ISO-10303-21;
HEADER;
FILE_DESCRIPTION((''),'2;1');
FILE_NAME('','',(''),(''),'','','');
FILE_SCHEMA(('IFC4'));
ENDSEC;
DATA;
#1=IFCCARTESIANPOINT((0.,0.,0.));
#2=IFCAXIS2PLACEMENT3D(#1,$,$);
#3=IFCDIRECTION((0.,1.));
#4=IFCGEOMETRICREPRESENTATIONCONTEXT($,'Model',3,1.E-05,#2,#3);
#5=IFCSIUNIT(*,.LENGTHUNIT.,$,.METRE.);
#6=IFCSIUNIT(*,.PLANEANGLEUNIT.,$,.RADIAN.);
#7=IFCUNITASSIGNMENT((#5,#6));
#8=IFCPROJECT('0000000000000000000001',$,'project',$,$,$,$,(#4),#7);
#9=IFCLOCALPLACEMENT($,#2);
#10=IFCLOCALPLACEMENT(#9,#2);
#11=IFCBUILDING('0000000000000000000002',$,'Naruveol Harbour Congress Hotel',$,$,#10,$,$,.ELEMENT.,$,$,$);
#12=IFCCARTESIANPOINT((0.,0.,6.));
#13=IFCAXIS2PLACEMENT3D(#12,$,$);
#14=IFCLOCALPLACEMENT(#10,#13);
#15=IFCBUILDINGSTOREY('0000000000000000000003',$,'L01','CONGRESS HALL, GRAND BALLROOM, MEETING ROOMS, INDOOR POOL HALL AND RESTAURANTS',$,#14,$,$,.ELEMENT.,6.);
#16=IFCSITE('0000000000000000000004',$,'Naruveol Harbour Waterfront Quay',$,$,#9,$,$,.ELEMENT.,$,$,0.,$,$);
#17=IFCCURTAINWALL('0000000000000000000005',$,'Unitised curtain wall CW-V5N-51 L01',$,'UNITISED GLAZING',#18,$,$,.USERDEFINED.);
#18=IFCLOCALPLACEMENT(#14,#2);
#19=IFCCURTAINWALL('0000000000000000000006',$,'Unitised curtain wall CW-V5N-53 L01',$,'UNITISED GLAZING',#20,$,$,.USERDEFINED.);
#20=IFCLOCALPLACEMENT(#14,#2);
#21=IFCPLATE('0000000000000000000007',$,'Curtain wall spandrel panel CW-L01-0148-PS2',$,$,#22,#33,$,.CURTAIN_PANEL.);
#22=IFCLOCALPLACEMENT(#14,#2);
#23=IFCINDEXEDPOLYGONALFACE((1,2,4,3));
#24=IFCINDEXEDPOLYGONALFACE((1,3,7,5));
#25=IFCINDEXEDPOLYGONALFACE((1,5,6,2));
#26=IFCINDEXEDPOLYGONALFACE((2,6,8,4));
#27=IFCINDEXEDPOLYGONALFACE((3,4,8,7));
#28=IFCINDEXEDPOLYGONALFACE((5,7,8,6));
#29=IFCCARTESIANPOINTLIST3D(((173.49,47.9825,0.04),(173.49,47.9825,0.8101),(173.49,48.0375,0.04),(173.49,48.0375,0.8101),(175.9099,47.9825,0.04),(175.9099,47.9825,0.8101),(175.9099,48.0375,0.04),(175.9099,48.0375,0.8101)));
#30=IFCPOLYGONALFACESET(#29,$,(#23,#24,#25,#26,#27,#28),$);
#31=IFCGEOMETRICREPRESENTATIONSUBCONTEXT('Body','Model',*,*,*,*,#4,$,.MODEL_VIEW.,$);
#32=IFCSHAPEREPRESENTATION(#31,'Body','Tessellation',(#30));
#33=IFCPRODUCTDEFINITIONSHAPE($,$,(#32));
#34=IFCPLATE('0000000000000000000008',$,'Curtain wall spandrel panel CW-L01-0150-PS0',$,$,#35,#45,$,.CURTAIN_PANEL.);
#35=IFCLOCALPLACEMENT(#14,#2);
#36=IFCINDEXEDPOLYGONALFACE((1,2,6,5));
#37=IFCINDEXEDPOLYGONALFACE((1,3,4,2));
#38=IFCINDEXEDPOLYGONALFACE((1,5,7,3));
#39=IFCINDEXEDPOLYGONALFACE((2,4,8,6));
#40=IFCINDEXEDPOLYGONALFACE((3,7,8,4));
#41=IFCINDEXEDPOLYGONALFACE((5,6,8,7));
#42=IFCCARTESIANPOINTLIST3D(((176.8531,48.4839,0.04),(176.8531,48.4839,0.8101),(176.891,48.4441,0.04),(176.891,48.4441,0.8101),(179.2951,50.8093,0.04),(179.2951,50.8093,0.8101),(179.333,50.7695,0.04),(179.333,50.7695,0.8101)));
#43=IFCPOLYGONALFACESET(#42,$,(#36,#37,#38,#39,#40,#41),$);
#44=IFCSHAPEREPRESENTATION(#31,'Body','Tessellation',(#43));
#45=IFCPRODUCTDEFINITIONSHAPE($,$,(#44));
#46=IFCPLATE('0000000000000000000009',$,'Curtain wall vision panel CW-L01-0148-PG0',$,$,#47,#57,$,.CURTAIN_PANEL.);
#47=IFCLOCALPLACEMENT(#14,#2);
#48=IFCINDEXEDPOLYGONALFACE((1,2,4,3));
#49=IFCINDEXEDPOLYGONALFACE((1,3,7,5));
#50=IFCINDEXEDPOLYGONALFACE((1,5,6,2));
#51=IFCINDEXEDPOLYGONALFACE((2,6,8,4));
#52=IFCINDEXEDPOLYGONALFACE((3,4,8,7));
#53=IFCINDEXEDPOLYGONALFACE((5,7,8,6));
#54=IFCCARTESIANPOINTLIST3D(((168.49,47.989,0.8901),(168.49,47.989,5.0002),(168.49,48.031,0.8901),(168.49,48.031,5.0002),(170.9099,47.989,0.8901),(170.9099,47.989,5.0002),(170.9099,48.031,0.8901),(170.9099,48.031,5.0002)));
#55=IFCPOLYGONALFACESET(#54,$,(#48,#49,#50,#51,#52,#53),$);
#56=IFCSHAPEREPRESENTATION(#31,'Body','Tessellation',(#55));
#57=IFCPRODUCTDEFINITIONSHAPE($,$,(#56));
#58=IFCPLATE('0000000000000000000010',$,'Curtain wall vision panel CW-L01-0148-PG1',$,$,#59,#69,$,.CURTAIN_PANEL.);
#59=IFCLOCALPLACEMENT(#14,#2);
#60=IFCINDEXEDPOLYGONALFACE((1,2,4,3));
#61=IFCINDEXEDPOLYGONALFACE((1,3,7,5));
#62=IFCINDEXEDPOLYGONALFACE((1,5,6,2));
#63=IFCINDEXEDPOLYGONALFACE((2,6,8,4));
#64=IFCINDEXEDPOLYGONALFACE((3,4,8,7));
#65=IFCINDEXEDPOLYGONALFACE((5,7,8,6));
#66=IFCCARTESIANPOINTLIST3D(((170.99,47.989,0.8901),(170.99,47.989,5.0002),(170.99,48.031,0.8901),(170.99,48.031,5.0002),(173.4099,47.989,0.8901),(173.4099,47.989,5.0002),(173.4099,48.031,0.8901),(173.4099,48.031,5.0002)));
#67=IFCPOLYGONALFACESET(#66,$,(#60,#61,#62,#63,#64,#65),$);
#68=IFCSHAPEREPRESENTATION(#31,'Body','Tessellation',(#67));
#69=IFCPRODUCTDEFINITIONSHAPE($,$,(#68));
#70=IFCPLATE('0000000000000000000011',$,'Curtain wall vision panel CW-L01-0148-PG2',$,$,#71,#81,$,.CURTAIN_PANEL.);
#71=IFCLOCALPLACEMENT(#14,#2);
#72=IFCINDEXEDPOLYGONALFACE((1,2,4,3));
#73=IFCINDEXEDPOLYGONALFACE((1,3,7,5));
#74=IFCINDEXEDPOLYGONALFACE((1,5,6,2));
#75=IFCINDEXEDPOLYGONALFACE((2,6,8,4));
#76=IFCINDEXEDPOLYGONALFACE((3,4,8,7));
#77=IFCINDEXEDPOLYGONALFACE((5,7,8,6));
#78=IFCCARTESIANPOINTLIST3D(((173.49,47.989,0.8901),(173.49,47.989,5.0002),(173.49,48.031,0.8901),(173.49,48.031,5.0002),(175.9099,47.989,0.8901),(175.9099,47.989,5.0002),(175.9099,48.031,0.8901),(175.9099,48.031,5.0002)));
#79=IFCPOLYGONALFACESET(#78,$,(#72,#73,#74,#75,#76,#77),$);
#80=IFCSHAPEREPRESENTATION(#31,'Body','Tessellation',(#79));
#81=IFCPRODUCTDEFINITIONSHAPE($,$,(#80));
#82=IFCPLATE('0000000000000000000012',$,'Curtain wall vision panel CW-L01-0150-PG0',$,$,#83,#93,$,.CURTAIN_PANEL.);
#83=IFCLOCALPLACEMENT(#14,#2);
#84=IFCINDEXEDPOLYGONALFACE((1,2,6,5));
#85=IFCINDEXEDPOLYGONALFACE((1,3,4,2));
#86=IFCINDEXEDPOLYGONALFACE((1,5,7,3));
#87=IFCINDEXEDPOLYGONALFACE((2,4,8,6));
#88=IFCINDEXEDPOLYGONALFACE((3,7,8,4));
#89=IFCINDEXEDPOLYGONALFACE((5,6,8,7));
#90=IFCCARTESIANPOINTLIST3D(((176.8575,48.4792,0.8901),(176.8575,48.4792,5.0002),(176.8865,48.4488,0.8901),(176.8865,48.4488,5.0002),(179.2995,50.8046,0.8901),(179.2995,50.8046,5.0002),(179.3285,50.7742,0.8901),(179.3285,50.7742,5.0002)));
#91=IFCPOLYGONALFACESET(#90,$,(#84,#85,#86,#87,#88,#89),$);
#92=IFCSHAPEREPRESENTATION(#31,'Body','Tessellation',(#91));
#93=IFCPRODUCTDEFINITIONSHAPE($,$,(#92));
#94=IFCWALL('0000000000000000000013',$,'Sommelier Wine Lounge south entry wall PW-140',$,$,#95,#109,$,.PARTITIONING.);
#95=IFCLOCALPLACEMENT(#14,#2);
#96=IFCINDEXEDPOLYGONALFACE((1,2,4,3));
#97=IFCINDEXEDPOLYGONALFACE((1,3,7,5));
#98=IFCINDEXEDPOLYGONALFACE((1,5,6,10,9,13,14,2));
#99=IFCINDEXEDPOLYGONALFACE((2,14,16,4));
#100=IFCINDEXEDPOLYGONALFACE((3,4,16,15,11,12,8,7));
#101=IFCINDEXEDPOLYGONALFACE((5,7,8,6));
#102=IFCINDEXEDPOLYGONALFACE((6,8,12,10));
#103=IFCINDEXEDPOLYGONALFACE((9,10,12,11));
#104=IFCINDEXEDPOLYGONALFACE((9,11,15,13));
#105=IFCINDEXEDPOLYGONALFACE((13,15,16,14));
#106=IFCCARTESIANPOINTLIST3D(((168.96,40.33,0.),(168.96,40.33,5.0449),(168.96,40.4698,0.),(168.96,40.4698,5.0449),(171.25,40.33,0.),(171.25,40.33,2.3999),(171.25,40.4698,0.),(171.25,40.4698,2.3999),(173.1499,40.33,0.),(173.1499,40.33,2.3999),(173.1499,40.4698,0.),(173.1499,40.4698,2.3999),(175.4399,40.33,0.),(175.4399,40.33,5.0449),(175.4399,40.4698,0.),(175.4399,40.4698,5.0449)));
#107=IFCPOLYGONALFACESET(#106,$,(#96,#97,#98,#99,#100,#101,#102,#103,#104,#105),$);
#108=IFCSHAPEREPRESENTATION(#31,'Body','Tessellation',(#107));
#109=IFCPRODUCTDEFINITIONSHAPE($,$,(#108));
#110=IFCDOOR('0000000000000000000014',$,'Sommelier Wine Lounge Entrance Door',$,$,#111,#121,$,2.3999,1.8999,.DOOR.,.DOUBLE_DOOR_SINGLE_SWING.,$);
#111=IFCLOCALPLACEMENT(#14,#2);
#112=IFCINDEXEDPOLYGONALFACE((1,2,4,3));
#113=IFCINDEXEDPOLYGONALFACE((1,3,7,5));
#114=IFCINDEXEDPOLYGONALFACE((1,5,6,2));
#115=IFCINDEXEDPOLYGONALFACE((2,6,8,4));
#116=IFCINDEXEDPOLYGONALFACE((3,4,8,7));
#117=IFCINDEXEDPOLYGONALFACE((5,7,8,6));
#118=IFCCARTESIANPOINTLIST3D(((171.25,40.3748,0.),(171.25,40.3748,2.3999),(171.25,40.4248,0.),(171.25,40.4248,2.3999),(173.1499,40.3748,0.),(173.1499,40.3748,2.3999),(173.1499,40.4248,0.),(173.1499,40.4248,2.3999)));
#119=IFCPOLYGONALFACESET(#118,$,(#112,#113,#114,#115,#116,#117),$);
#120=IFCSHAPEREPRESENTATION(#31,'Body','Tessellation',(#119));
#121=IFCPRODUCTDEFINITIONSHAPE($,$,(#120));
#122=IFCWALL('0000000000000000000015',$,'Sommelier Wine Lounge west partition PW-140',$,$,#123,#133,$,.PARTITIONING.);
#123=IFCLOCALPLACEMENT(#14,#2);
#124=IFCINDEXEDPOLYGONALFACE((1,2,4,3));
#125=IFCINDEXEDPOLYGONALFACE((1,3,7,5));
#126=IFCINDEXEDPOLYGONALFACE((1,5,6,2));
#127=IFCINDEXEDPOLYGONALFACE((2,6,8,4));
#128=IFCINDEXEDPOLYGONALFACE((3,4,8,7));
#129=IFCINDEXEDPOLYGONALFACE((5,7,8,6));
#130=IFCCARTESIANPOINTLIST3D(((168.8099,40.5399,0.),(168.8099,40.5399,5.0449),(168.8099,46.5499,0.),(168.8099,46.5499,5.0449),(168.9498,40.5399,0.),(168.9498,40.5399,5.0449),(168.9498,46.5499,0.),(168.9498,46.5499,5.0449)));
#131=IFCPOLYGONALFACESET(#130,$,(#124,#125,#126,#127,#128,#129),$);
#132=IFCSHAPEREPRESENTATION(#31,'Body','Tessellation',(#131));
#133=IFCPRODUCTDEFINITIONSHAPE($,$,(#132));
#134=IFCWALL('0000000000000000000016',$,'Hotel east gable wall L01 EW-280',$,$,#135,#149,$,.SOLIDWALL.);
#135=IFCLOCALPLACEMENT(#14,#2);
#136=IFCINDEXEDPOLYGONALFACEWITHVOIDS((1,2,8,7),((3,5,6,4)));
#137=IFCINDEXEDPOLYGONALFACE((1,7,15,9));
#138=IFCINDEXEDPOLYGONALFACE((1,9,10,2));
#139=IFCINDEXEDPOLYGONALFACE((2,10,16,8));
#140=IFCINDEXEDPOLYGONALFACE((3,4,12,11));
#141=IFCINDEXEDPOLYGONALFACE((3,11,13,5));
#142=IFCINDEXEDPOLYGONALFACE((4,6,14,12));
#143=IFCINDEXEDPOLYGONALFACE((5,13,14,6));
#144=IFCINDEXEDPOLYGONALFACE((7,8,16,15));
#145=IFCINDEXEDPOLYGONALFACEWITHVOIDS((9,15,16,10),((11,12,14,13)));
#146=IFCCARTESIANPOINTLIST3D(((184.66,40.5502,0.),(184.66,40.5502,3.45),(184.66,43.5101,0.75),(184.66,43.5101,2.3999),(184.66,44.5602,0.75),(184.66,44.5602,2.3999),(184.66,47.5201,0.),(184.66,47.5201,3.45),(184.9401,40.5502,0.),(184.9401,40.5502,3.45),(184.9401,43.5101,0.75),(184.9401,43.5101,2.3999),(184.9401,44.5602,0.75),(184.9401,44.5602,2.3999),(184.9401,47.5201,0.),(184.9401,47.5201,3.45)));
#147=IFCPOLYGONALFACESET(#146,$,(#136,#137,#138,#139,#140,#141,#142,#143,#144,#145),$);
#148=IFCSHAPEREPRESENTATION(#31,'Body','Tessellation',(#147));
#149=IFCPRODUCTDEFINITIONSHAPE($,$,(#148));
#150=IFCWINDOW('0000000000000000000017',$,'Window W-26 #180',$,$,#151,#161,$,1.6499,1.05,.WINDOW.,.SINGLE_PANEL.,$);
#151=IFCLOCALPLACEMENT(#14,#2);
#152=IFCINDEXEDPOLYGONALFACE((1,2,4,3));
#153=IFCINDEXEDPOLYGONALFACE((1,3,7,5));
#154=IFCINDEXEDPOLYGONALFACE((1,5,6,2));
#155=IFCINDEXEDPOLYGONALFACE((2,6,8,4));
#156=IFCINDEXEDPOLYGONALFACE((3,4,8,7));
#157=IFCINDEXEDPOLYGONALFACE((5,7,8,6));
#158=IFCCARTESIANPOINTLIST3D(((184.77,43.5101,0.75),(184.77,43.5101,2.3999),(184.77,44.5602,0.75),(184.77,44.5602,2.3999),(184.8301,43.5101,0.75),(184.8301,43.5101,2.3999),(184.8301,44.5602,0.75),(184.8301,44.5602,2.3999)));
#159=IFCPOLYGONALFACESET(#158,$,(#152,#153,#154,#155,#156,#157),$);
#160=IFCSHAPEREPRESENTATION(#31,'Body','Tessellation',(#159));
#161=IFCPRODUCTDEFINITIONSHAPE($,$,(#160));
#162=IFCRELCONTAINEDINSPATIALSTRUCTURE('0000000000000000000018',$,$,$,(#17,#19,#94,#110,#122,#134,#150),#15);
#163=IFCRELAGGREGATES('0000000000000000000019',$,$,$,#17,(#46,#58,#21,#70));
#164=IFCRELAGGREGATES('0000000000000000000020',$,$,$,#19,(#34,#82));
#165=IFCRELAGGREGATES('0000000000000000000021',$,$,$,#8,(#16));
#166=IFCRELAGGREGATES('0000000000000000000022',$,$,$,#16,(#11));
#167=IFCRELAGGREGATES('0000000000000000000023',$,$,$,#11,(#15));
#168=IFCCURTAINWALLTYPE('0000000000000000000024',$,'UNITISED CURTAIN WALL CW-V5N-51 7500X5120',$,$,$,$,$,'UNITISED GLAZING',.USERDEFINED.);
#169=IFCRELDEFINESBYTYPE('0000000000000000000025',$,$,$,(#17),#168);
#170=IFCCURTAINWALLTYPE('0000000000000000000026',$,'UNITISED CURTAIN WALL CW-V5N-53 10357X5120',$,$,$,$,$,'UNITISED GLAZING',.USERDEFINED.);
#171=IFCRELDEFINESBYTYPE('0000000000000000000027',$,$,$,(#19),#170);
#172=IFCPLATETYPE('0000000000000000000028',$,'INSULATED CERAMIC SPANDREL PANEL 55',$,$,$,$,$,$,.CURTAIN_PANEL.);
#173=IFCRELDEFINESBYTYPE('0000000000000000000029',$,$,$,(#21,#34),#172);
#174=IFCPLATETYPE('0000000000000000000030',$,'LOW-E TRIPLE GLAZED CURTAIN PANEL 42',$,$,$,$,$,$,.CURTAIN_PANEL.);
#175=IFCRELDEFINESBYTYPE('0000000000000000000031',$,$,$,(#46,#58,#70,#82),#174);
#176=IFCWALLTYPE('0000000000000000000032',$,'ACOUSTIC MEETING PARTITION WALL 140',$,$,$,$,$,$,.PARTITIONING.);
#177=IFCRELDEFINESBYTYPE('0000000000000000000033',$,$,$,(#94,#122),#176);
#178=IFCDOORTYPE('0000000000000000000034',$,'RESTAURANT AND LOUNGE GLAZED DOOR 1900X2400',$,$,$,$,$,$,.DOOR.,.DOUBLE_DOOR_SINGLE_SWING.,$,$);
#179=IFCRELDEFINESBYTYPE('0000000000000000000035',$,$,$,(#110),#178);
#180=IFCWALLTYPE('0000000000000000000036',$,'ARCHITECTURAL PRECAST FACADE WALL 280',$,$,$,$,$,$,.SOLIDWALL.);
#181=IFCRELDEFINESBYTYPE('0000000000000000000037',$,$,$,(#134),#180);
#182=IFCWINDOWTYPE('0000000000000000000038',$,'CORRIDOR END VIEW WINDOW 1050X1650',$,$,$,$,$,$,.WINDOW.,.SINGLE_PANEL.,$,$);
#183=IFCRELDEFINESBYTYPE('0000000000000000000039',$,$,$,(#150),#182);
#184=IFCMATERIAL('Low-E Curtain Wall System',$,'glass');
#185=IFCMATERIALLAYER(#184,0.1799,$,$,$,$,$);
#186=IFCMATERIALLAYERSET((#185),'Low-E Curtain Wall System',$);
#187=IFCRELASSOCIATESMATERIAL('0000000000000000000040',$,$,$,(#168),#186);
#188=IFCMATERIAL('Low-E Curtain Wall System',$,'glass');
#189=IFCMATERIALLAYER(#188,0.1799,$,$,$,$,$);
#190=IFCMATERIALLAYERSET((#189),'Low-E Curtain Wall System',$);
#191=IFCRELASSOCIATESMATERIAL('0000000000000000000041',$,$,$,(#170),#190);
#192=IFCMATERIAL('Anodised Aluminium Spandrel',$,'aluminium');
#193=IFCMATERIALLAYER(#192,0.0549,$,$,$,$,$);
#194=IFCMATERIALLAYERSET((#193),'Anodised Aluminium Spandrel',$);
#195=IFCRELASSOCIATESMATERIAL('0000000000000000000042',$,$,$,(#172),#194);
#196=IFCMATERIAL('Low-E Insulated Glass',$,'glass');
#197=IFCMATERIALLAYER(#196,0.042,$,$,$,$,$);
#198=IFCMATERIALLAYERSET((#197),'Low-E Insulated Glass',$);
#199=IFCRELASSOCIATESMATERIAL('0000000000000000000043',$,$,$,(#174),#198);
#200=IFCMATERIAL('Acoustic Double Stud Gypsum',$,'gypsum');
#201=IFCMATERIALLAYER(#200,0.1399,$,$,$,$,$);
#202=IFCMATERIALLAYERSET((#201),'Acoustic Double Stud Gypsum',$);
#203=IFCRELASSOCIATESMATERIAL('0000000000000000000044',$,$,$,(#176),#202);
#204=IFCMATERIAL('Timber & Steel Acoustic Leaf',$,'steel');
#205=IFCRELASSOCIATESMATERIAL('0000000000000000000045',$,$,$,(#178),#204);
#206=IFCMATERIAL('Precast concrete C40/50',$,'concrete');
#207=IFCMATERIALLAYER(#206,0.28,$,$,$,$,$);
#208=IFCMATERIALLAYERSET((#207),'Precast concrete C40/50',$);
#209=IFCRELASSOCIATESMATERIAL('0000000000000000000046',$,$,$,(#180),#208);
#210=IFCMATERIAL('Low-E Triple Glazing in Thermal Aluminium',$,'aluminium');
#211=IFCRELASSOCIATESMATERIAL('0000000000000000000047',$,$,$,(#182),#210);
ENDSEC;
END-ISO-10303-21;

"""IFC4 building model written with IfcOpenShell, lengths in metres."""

from ifc_helpers import new_model, si_unit, direction, frame, frame_2d, origin, origin_2d, place, context, subcontext, project, spatial, rectangle, extrude, material, layer, layer_set, type_object, element, fill, aggregate, save


model = new_model("IFC4")

# Units and contexts
model_context = context("Model", 3, precision=1e-05, world=origin(), true_north=direction((0.0, 1.0)))
body_context = subcontext(model_context, "Body", "Model", "MODEL_VIEW")
ifc_project = project(units=[si_unit("LENGTHUNIT", "METRE"), si_unit("PLANEANGLEUNIT", "RADIAN")], contexts=[model_context])

# Site, building, storey
site_placement = place(None, origin())
site = spatial("IfcSite", under=ifc_project, at=site_placement, Name="Naruveol Harbour Waterfront Quay", CompositionType="ELEMENT", RefElevation=0.0)
building_placement = place(site_placement, origin())
building = spatial("IfcBuilding", under=site, at=building_placement, Name="Naruveol Harbour Congress Hotel", CompositionType="ELEMENT")
storey_placement = place(building_placement, frame((0.0, 0.0, 6.0)))
storey = spatial("IfcBuildingStorey", under=building, at=storey_placement, Name="L01", Description="CONGRESS HALL, GRAND BALLROOM, MEETING ROOMS, INDOOR POOL HALL AND RESTAURANTS", CompositionType="ELEMENT", Elevation=6.0)

# Curtain wall
ifc_material_1 = material(Name="Low-E Curtain Wall System", Category="glass")
ifc_layer_1 = layer(ifc_material_1, 0.1799)
ifc_layer_set_1 = layer_set([ifc_layer_1], Name="Low-E Curtain Wall System")
curtain_wall_type_1 = type_object("IfcCurtainWallType", Name="UNITISED CURTAIN WALL CW-V5N-51 7500X5120", ElementType="UNITISED GLAZING", PredefinedType="USERDEFINED", material=ifc_layer_set_1)
curtain_wall_1_placement = place(storey_placement, origin())
curtain_wall_1 = element("IfcCurtainWall", 1, at=curtain_wall_1_placement, inside=storey, type_object=curtain_wall_type_1, Name="Unitised curtain wall CW-V5N-51 L01", ObjectType="UNITISED GLAZING", PredefinedType="USERDEFINED")

# Curtain wall
ifc_material_2 = material(Name="Low-E Curtain Wall System", Category="glass")
ifc_layer_2 = layer(ifc_material_2, 0.1799)
ifc_layer_set_2 = layer_set([ifc_layer_2], Name="Low-E Curtain Wall System")
curtain_wall_type_2 = type_object("IfcCurtainWallType", Name="UNITISED CURTAIN WALL CW-V5N-53 10357X5120", ElementType="UNITISED GLAZING", PredefinedType="USERDEFINED", material=ifc_layer_set_2)
curtain_wall_2_placement = place(storey_placement, origin())
curtain_wall_2 = element("IfcCurtainWall", 2, at=curtain_wall_2_placement, inside=storey, type_object=curtain_wall_type_2, Name="Unitised curtain wall CW-V5N-53 L01", ObjectType="UNITISED GLAZING", PredefinedType="USERDEFINED")

# Plates
ifc_material_3 = material(Name="Anodised Aluminium Spandrel", Category="aluminium")
ifc_layer_3 = layer(ifc_material_3, 0.0549)
ifc_layer_set_3 = layer_set([ifc_layer_3], Name="Anodised Aluminium Spandrel")
plate_type_1 = type_object("IfcPlateType", Name="INSULATED CERAMIC SPANDREL PANEL 55", PredefinedType="CURTAIN_PANEL", material=ifc_layer_set_3)
plate_1_placement = place(storey_placement, frame((174.7, 48.01, 0.04), z_axis=(0.0, 0.0, 1.0), x_axis=(1.0, 0.0, 0.0)))
plate_1 = element("IfcPlate", 3, at=plate_1_placement, type_object=plate_type_1, Name="Curtain wall spandrel panel CW-L01-0148-PS2", PredefinedType="CURTAIN_PANEL", context=body_context, shape_type="SweptSolid", body=[
    extrude(rectangle(XDim=2.4199, YDim=0.0549, at=origin_2d()), origin(), (0.0, 0.0, 1.0), 0.77),
])
plate_2_placement = place(storey_placement, frame((178.093, 49.6267, 0.04), z_axis=(0.0, 0.0, 1.0), x_axis=(0.724184, 0.689607, 0.0)))
plate_2 = element("IfcPlate", 4, at=plate_2_placement, type_object=plate_type_1, Name="Curtain wall spandrel panel CW-L01-0150-PS0", PredefinedType="CURTAIN_PANEL", context=body_context, shape_type="SweptSolid", body=[
    extrude(rectangle(XDim=3.3721, YDim=0.0549, at=origin_2d()), origin(), (0.0, 0.0, 1.0), 0.77),
])
ifc_material_4 = material(Name="Low-E Insulated Glass", Category="glass")
ifc_layer_4 = layer(ifc_material_4, 0.042)
ifc_layer_set_4 = layer_set([ifc_layer_4], Name="Low-E Insulated Glass")
plate_type_2 = type_object("IfcPlateType", Name="LOW-E TRIPLE GLAZED CURTAIN PANEL 42", PredefinedType="CURTAIN_PANEL", material=ifc_layer_set_4)
plate_3_placement = place(storey_placement, frame((169.7, 48.01, 0.8901), z_axis=(0.0, 0.0, 1.0), x_axis=(1.0, 0.0, 0.0)))
plate_3 = element("IfcPlate", 5, at=plate_3_placement, type_object=plate_type_2, Name="Curtain wall vision panel CW-L01-0148-PG0", PredefinedType="CURTAIN_PANEL", context=body_context, shape_type="SweptSolid", body=[
    extrude(rectangle(XDim=2.4199, YDim=0.042, at=origin_2d()), origin(), (0.0, 0.0, 1.0), 4.1101),
])
plate_4_placement = place(storey_placement, frame((172.2, 48.01, 0.8901), z_axis=(0.0, 0.0, 1.0), x_axis=(1.0, 0.0, 0.0)))
plate_4 = element("IfcPlate", 6, at=plate_4_placement, type_object=plate_type_2, Name="Curtain wall vision panel CW-L01-0148-PG1", PredefinedType="CURTAIN_PANEL", context=body_context, shape_type="SweptSolid", body=[
    extrude(rectangle(XDim=2.4199, YDim=0.042, at=origin_2d()), origin(), (0.0, 0.0, 1.0), 4.1101),
])
plate_5_placement = place(storey_placement, frame((174.7, 48.01, 0.8901), z_axis=(0.0, 0.0, 1.0), x_axis=(1.0, 0.0, 0.0)))
plate_5 = element("IfcPlate", 7, at=plate_5_placement, type_object=plate_type_2, Name="Curtain wall vision panel CW-L01-0148-PG2", PredefinedType="CURTAIN_PANEL", context=body_context, shape_type="SweptSolid", body=[
    extrude(rectangle(XDim=2.4199, YDim=0.042, at=origin_2d()), origin(), (0.0, 0.0, 1.0), 4.1101),
])
aggregate(curtain_wall_1, [plate_3, plate_4, plate_1, plate_5])
plate_6_placement = place(storey_placement, frame((178.093, 49.6267, 0.8901), z_axis=(0.0, 0.0, 1.0), x_axis=(0.724184, 0.689607, 0.0)))
plate_6 = element("IfcPlate", 8, at=plate_6_placement, type_object=plate_type_2, Name="Curtain wall vision panel CW-L01-0150-PG0", PredefinedType="CURTAIN_PANEL", context=body_context, shape_type="SweptSolid", body=[
    extrude(rectangle(XDim=3.3721, YDim=0.042, at=origin_2d()), origin(), (0.0, 0.0, 1.0), 4.1101),
])
aggregate(curtain_wall_2, [plate_2, plate_6])

# Wall, opening, door
ifc_material_5 = material(Name="Acoustic Double Stud Gypsum", Category="gypsum")
ifc_layer_5 = layer(ifc_material_5, 0.1399)
ifc_layer_set_5 = layer_set([ifc_layer_5], Name="Acoustic Double Stud Gypsum")
wall_type_1 = type_object("IfcWallType", Name="ACOUSTIC MEETING PARTITION WALL 140", PredefinedType="PARTITIONING", material=ifc_layer_set_5)
wall_1_placement = place(storey_placement, frame((168.96, 40.3999, 0.0), z_axis=(0.0, 0.0, 1.0), x_axis=(1.0, 0.0, 0.0)))
wall_1 = element("IfcWall", 9, at=wall_1_placement, inside=storey, type_object=wall_type_1, Name="Sommelier Wine Lounge south entry wall PW-140", PredefinedType="PARTITIONING", context=body_context, shape_type="SweptSolid", body=[
    extrude(rectangle(XDim=6.48, YDim=0.1399, at=frame_2d((3.24, 0.0))), origin(), (0.0, 0.0, 1.0), 5.0449),
])
opening_1_placement = place(wall_1_placement, frame((2.29, 0.0, 0.0)))
opening_1 = element("IfcOpeningElement", 10, at=opening_1_placement, cuts=wall_1, PredefinedType="OPENING", context=body_context, shape_type="SweptSolid", body=[
    extrude(rectangle(XDim=1.8999, YDim=2.3999, at=frame_2d((0.95, 1.2))), frame((0.0, 0.0798, 0.0), z_axis=(0.0, -1.0, 0.0), x_axis=(1.0, 0.0, 0.0)), (0.0, 0.0, 1.0), 0.1599),
])
ifc_material_6 = material(Name="Timber & Steel Acoustic Leaf", Category="steel")
door_type = type_object("IfcDoorType", Name="RESTAURANT AND LOUNGE GLAZED DOOR 1900X2400", OperationType="DOUBLE_DOOR_SINGLE_SWING", PredefinedType="DOOR", material=ifc_material_6)
door_placement = place(opening_1_placement, origin())
door = element("IfcDoor", 11, at=door_placement, inside=storey, type_object=door_type, Name="Sommelier Wine Lounge Entrance Door", OperationType="DOUBLE_DOOR_SINGLE_SWING", OverallHeight=2.3999, OverallWidth=1.8999, PredefinedType="DOOR", context=body_context, shape_type="SweptSolid", body=[
    extrude(rectangle(XDim=1.8999, YDim=2.3999, at=frame_2d((0.95, 1.2))), frame((0.0, 0.0249, 0.0), z_axis=(0.0, -1.0, 0.0), x_axis=(1.0, 0.0, 0.0)), (0.0, 0.0, 1.0), 0.05),
])
fill(opening_1, door)

# Wall
wall_2_placement = place(storey_placement, frame((168.8799, 40.54, 0.0), z_axis=(0.0, 0.0, 1.0), x_axis=(0.0, 1.0, 0.0)))
element("IfcWall", 12, at=wall_2_placement, inside=storey, type_object=wall_type_1, Name="Sommelier Wine Lounge west partition PW-140", PredefinedType="PARTITIONING", context=body_context, shape_type="SweptSolid", body=[
    extrude(rectangle(XDim=6.01, YDim=0.1399, at=frame_2d((3.0049, 0.0))), origin(), (0.0, 0.0, 1.0), 5.0449),
])

# Wall, opening, window
ifc_material_7 = material(Name="Precast concrete C40/50", Category="concrete")
ifc_layer_6 = layer(ifc_material_7, 0.28)
ifc_layer_set_6 = layer_set([ifc_layer_6], Name="Precast concrete C40/50")
wall_type_2 = type_object("IfcWallType", Name="ARCHITECTURAL PRECAST FACADE WALL 280", PredefinedType="SOLIDWALL", material=ifc_layer_set_6)
wall_3_placement = place(storey_placement, frame((184.8, 47.52, 0.0), z_axis=(0.0, 0.0, 1.0), x_axis=(0.0, -1.0, 0.0)))
wall_3 = element("IfcWall", 13, at=wall_3_placement, inside=storey, type_object=wall_type_2, Name="Hotel east gable wall L01 EW-280", PredefinedType="SOLIDWALL", context=body_context, shape_type="SweptSolid", body=[
    extrude(rectangle(XDim=6.97, YDim=0.28, at=frame_2d((3.4849, 0.0))), origin(), (0.0, 0.0, 1.0), 3.45),
])
opening_2_placement = place(wall_3_placement, frame((2.96, 0.0, 0.75)))
opening_2 = element("IfcOpeningElement", 14, at=opening_2_placement, cuts=wall_3, PredefinedType="OPENING", context=body_context, shape_type="SweptSolid", body=[
    extrude(rectangle(XDim=1.05, YDim=1.6499, at=frame_2d((0.5249, 0.825))), frame((0.0, 0.1499, 0.0), z_axis=(0.0, -1.0, 0.0), x_axis=(1.0, 0.0, 0.0)), (0.0, 0.0, 1.0), 0.3),
])
ifc_material_8 = material(Name="Low-E Triple Glazing in Thermal Aluminium", Category="aluminium")
window_type_1 = type_object("IfcWindowType", Name="CORRIDOR END VIEW WINDOW 1050X1650", PartitioningType="SINGLE_PANEL", PredefinedType="WINDOW", material=ifc_material_8)
window_1_placement = place(opening_2_placement, origin())
window_1 = element("IfcWindow", 15, at=window_1_placement, inside=storey, type_object=window_type_1, Name="Window W-26 #180", OverallHeight=1.6499, OverallWidth=1.05, PartitioningType="SINGLE_PANEL", PredefinedType="WINDOW", context=body_context, shape_type="SweptSolid", body=[
    extrude(rectangle(XDim=1.05, YDim=1.6499, at=frame_2d((0.5249, 0.825))), frame((0.0, 0.03, 0.0), z_axis=(0.0, -1.0, 0.0), x_axis=(1.0, 0.0, 0.0)), (0.0, 0.0, 1.0), 0.0601),
])
fill(opening_2, window_1)

save(model, "model.ifc")
